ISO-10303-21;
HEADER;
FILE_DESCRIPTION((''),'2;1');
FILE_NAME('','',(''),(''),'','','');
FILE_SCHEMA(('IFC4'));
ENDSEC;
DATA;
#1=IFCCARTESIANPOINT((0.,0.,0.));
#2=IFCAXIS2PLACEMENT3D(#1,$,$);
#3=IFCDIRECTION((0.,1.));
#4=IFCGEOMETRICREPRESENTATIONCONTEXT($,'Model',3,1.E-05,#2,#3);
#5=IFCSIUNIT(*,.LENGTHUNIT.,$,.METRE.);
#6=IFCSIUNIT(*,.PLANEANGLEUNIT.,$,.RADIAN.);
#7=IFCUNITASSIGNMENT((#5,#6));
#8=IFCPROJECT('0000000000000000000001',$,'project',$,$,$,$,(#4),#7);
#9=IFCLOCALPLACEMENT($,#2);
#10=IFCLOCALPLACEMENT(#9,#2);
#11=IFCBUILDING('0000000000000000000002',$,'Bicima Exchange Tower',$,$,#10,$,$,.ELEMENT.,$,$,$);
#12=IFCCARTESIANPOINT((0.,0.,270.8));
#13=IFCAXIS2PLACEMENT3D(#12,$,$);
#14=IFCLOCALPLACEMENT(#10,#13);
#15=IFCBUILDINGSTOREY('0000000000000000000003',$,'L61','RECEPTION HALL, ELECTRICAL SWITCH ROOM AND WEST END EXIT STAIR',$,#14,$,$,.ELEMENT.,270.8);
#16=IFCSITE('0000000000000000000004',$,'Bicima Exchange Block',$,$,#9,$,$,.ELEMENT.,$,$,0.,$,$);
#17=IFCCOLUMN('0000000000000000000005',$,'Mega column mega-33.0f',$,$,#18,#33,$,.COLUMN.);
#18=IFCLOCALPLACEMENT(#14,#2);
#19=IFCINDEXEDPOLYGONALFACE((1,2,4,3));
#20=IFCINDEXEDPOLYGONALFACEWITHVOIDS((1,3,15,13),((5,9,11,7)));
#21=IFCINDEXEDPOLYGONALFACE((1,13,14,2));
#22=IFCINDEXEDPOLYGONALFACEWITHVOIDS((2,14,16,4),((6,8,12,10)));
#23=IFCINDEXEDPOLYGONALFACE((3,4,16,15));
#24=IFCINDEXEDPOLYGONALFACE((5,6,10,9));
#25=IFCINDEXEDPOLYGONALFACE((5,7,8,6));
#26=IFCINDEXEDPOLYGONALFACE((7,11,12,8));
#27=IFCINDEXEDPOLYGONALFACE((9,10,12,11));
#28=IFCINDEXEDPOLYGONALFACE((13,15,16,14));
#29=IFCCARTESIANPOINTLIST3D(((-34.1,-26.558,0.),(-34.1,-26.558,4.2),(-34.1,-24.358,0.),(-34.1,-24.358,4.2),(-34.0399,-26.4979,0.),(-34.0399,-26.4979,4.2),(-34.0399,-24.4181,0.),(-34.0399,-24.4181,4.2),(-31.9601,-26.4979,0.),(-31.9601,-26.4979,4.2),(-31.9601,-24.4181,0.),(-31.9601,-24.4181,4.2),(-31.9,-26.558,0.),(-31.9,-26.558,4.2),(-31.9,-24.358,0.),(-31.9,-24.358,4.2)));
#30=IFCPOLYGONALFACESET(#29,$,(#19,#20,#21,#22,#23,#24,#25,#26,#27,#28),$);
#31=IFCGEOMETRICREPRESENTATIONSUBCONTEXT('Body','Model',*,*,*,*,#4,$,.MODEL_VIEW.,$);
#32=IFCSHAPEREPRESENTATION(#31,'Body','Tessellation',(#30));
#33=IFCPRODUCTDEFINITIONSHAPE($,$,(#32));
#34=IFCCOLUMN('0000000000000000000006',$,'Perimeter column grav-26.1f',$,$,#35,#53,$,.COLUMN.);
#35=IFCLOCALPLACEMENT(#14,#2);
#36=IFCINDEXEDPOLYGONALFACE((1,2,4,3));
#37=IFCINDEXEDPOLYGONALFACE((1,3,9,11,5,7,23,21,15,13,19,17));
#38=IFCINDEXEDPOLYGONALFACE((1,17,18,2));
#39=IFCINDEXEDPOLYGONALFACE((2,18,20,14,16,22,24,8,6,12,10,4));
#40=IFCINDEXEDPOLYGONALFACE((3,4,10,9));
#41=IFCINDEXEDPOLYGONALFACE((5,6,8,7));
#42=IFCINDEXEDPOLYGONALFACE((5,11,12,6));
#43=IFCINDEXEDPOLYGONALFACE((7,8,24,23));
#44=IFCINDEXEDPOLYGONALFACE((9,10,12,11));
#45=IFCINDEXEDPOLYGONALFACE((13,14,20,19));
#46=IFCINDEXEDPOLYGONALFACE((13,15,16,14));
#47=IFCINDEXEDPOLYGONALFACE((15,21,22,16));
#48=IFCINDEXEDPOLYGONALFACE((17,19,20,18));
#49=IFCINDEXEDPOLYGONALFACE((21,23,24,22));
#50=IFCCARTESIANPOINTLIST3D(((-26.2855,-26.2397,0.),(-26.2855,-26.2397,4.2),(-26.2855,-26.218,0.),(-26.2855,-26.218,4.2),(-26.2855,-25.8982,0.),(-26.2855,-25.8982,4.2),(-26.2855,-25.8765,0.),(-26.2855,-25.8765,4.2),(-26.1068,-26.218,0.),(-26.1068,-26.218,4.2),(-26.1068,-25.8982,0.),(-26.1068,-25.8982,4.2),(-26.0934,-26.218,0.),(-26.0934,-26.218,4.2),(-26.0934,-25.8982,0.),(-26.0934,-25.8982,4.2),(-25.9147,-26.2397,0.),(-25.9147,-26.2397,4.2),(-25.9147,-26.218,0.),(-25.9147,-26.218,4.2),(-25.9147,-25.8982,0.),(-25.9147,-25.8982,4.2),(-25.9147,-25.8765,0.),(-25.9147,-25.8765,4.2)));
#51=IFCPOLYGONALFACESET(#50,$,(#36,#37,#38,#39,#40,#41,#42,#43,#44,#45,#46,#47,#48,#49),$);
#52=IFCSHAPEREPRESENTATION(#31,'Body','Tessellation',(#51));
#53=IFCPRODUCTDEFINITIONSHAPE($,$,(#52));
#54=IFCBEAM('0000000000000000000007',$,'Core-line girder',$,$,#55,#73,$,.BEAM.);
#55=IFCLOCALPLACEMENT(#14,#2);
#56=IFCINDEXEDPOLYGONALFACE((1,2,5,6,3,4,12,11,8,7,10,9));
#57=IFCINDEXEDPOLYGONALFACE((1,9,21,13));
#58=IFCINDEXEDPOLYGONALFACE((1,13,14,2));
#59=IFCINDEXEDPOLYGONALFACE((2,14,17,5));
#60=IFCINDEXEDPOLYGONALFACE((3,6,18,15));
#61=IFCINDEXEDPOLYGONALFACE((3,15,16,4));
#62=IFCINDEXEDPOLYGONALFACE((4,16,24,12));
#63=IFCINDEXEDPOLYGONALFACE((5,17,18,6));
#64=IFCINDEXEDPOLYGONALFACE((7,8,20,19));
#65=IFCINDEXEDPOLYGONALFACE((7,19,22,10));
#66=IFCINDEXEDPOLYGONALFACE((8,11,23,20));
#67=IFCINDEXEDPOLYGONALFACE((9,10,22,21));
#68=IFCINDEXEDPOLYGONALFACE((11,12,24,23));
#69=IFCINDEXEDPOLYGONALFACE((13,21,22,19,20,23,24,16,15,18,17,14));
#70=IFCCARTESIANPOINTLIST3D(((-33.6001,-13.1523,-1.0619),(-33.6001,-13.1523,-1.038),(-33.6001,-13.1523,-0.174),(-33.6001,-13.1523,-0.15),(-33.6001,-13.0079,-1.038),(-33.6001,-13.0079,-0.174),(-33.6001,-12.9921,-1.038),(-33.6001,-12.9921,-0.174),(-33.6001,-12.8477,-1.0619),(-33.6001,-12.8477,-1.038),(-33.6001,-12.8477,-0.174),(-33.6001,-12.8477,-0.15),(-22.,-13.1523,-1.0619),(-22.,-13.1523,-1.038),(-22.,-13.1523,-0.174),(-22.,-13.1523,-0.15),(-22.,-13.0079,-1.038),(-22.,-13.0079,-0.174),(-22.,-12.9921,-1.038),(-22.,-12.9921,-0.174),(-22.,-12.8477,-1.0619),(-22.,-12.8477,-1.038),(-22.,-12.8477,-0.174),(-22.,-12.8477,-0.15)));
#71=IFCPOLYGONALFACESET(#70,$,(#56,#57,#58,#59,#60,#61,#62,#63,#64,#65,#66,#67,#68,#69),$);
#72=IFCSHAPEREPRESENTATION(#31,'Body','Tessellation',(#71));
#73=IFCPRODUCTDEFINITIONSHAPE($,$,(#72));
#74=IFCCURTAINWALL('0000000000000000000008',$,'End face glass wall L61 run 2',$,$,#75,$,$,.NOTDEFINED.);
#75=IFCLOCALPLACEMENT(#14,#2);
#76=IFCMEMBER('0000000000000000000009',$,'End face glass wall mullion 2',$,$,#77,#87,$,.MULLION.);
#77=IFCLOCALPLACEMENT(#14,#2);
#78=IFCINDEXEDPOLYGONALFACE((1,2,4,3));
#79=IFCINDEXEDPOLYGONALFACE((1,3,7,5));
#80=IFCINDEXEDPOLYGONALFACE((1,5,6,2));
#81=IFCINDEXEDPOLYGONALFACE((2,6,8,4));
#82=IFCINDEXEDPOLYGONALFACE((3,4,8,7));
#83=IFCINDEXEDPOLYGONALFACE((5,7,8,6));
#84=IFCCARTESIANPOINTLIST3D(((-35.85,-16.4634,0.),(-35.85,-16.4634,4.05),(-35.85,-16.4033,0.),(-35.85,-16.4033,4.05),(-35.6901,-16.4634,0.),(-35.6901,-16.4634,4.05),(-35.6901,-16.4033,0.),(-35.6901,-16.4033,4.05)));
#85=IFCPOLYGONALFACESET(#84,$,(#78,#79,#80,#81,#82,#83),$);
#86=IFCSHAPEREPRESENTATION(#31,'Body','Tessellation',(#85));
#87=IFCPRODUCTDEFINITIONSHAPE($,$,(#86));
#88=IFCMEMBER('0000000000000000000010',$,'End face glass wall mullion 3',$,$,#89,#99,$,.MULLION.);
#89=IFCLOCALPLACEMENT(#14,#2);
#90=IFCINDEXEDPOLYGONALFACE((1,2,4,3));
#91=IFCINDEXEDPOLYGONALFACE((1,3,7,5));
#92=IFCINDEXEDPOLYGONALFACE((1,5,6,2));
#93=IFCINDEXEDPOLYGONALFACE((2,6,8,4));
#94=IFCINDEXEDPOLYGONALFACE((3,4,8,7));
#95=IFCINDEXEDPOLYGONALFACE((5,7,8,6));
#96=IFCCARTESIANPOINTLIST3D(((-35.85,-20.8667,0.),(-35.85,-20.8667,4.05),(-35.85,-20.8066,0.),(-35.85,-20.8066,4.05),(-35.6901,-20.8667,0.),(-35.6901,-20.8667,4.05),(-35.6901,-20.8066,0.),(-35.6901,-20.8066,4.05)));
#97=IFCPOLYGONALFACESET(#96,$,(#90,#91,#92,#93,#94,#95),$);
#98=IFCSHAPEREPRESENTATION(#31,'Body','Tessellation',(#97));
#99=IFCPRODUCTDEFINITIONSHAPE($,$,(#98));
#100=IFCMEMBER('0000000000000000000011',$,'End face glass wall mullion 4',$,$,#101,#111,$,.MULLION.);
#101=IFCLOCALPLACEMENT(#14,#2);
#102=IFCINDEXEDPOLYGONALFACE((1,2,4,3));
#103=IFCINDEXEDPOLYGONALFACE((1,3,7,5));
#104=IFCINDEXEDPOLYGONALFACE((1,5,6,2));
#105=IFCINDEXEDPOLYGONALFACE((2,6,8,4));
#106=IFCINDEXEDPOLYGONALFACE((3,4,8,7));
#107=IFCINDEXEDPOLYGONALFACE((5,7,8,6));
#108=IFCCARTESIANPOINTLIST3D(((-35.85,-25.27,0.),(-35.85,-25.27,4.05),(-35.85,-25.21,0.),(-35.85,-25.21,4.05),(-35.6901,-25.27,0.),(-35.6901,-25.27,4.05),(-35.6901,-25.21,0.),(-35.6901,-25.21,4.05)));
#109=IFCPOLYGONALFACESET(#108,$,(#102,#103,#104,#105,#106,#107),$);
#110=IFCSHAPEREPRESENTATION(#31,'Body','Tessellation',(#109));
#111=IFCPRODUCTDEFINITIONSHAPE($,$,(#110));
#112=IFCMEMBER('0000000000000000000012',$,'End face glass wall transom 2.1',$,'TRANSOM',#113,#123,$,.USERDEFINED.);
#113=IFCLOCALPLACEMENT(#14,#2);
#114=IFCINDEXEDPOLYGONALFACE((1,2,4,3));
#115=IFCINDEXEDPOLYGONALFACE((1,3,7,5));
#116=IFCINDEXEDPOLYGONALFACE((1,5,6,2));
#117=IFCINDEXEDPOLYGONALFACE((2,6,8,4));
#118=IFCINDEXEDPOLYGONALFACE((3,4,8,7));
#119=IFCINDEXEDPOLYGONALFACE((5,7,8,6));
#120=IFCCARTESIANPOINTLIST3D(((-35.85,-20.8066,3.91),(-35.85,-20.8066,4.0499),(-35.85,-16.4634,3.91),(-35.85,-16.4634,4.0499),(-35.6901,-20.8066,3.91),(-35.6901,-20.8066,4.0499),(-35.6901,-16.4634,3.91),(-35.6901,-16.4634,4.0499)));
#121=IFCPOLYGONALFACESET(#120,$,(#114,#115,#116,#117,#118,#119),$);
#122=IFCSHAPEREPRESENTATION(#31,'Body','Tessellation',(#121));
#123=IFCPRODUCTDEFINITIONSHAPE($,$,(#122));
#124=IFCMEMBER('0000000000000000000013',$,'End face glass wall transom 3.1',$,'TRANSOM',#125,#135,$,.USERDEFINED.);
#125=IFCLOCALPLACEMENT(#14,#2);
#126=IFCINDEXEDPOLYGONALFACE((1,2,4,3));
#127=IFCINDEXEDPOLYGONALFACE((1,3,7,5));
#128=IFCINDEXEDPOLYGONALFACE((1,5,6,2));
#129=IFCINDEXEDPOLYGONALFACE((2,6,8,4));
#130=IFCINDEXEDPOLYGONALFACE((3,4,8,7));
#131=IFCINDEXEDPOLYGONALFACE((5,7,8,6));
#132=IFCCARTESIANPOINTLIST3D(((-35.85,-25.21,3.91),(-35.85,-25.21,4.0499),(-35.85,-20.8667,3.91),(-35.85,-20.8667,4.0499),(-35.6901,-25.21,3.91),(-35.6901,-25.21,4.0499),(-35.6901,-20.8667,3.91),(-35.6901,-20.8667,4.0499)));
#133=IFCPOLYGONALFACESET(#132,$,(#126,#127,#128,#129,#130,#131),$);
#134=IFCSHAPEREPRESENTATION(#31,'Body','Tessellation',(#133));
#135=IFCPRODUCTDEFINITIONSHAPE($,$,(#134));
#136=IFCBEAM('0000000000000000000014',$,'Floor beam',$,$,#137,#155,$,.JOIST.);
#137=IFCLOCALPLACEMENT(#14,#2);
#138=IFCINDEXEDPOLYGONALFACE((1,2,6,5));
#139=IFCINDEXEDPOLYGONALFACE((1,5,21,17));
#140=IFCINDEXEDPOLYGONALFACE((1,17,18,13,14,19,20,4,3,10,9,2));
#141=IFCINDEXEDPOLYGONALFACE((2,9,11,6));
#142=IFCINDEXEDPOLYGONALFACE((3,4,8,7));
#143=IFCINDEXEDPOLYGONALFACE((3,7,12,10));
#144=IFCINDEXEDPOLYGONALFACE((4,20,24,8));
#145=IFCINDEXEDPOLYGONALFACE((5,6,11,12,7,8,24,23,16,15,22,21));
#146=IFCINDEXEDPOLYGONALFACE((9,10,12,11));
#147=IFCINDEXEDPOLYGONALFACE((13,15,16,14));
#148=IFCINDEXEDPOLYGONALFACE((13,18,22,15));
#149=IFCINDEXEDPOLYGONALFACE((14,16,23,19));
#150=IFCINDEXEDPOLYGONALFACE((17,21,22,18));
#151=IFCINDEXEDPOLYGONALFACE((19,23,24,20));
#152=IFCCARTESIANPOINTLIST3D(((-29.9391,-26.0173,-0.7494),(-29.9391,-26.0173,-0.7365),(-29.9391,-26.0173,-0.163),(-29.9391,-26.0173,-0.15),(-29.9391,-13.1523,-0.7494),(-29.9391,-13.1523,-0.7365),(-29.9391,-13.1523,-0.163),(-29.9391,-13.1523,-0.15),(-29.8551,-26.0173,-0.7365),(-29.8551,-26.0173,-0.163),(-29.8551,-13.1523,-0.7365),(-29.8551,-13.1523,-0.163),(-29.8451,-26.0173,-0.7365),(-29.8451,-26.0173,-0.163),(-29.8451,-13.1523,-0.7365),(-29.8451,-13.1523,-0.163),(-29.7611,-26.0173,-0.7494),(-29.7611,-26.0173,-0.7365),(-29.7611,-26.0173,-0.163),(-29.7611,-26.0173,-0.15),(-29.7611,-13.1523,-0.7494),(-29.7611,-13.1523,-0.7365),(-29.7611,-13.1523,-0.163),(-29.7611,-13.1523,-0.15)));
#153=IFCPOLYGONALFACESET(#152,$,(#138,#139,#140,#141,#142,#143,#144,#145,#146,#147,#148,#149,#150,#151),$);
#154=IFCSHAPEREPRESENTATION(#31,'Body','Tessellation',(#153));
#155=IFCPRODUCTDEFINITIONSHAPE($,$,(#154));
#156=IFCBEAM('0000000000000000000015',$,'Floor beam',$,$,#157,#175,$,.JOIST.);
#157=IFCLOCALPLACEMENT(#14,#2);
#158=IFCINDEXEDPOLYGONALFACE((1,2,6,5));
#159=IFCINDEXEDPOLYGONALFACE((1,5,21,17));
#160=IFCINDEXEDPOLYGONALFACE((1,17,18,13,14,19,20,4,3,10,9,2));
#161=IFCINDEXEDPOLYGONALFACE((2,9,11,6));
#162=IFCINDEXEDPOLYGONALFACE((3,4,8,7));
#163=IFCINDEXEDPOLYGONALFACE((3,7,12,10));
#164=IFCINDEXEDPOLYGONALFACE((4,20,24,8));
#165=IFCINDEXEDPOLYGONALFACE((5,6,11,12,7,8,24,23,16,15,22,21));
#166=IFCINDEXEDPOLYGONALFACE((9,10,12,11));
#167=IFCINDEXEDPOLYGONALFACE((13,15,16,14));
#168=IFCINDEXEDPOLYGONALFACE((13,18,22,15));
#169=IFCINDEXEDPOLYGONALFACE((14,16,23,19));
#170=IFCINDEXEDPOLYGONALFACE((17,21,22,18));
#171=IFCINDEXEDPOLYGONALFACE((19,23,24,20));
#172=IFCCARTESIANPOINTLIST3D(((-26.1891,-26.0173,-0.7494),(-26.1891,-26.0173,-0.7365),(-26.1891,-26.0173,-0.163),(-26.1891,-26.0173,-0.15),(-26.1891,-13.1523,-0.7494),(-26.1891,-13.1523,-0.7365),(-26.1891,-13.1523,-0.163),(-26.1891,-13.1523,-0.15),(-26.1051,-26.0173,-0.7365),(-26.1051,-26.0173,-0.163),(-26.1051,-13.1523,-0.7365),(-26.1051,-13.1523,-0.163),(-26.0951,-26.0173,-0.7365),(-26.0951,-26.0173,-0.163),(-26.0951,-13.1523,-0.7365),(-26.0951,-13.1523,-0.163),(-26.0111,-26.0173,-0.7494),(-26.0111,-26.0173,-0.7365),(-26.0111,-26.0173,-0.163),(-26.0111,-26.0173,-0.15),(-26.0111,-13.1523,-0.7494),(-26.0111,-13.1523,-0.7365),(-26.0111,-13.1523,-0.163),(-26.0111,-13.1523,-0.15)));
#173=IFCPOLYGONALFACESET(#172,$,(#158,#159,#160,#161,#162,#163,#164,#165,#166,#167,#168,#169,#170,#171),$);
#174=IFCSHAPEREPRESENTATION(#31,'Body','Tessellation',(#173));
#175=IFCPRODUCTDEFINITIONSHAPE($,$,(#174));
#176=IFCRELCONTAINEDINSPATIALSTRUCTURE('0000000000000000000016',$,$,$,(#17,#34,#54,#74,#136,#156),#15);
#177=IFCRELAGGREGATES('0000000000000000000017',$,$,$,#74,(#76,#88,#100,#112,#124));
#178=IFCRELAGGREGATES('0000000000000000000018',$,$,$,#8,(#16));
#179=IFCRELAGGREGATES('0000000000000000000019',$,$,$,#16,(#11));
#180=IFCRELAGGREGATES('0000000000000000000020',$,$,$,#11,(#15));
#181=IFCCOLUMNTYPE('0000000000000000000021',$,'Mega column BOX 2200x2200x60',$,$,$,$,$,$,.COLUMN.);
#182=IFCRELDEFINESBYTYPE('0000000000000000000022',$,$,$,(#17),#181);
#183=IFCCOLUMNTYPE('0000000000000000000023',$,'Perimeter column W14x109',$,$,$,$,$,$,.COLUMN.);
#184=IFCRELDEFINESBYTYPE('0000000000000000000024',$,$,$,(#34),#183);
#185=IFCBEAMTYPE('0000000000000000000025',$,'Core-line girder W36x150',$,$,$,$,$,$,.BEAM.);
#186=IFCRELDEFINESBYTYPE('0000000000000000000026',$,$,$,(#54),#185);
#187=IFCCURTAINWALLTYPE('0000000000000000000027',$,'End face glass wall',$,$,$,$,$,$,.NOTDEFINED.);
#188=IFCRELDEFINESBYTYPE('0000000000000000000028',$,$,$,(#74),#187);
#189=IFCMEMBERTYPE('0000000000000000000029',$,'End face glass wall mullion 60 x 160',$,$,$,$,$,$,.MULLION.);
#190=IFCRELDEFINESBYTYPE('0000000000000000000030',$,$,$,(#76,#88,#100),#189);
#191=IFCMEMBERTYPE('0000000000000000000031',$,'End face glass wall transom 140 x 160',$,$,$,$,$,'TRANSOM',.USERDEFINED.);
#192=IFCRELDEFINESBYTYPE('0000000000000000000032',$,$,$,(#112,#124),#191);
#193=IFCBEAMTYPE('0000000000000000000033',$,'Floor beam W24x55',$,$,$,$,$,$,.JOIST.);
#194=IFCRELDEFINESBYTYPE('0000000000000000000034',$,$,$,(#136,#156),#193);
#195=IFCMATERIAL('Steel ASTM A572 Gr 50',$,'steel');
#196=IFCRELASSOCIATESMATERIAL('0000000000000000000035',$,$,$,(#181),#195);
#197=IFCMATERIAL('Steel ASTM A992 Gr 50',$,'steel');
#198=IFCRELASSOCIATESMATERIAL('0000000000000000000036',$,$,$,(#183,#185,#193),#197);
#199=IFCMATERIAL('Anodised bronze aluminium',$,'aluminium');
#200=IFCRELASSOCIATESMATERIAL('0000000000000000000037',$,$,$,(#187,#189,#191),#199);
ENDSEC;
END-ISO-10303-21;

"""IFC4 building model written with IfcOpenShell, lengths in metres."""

from ifc_helpers import new_model, si_unit, direction, frame, origin, origin_2d, place, context, subcontext, project, spatial, rectangle, hollow_rectangle, i_section, extrude, material, material_profile, profile_set, type_object, element, aggregate, save


model = new_model("IFC4")

# Units and contexts
model_context = context("Model", 3, precision=1e-05, world=origin(), true_north=direction((0.0, 1.0)))
body_context = subcontext(model_context, "Body", "Model", "MODEL_VIEW")
ifc_project = project(units=[si_unit("LENGTHUNIT", "METRE"), si_unit("PLANEANGLEUNIT", "RADIAN")], contexts=[model_context])

# Site, building, storey
site_placement = place(None, origin())
site = spatial("IfcSite", under=ifc_project, at=site_placement, Name="Bicima Exchange Block", CompositionType="ELEMENT", RefElevation=0.0)
building_placement = place(site_placement, origin())
building = spatial("IfcBuilding", under=site, at=building_placement, Name="Bicima Exchange Tower", CompositionType="ELEMENT")
storey_placement = place(building_placement, frame((0.0, 0.0, 270.8)))
storey = spatial("IfcBuildingStorey", under=building, at=storey_placement, Name="L61", Description="RECEPTION HALL, ELECTRICAL SWITCH ROOM AND WEST END EXIT STAIR", CompositionType="ELEMENT", Elevation=270.8)

# Columns
ifc_material_1 = material(Name="Steel ASTM A572 Gr 50", Category="steel")
ifc_material_profile_1 = material_profile(ifc_material_1, hollow_rectangle(XDim=2.2, YDim=2.2, WallThickness=0.0601, at=origin_2d()))
ifc_profile_set_1 = profile_set([ifc_material_profile_1], Name="Steel ASTM A572 Gr 50")
column_type_1 = type_object("IfcColumnType", Name="Mega column BOX 2200x2200x60", PredefinedType="COLUMN", material=ifc_profile_set_1)
column_1_placement = place(storey_placement, frame((-33.0, -25.458, 0.0), z_axis=(0.0, 0.0, 1.0), x_axis=(1.0, 0.0, 0.0)))
element("IfcColumn", 1, at=column_1_placement, inside=storey, type_object=column_type_1, Name="Mega column mega-33.0f", PredefinedType="COLUMN", context=body_context, shape_type="SweptSolid", body=[
    extrude(hollow_rectangle(XDim=2.2, YDim=2.2, WallThickness=0.0601, at=origin_2d()), origin(), (0.0, 0.0, 1.0), 4.2),
])
ifc_material_2 = material(Name="Steel ASTM A992 Gr 50", Category="steel")
ifc_material_profile_2 = material_profile(ifc_material_2, i_section(OverallWidth=0.3708, OverallDepth=0.3633, WebThickness=0.0134, FlangeThickness=0.0217, at=origin_2d()))
ifc_profile_set_2 = profile_set([ifc_material_profile_2], Name="Steel ASTM A992 Gr 50")
column_type_2 = type_object("IfcColumnType", Name="Perimeter column W14x109", PredefinedType="COLUMN", material=ifc_profile_set_2)
column_2_placement = place(storey_placement, frame((-26.1001, -26.0581, 0.0), z_axis=(0.0, 0.0, 1.0), x_axis=(1.0, 0.0, 0.0)))
element("IfcColumn", 2, at=column_2_placement, inside=storey, type_object=column_type_2, Name="Perimeter column grav-26.1f", PredefinedType="COLUMN", context=body_context, shape_type="SweptSolid", body=[
    extrude(i_section(OverallWidth=0.3708, OverallDepth=0.3633, WebThickness=0.0134, FlangeThickness=0.0217, at=origin_2d()), origin(), (0.0, 0.0, 1.0), 4.2),
])

# Beam
ifc_material_profile_3 = material_profile(ifc_material_2, i_section(OverallWidth=0.3047, OverallDepth=0.9119, WebThickness=0.0159, FlangeThickness=0.0239, at=origin_2d()))
ifc_profile_set_3 = profile_set([ifc_material_profile_3], Name="Steel ASTM A992 Gr 50")
beam_type_1 = type_object("IfcBeamType", Name="Core-line girder W36x150", PredefinedType="BEAM", material=ifc_profile_set_3)
beam_1_placement = place(storey_placement, frame((-22.0, -13.0, -0.606), z_axis=(-1.0, 0.0, 0.0), x_axis=(0.0, -1.0, 0.0)))
element("IfcBeam", 3, at=beam_1_placement, inside=storey, type_object=beam_type_1, Name="Core-line girder", PredefinedType="BEAM", context=body_context, shape_type="SweptSolid", body=[
    extrude(i_section(OverallWidth=0.3047, OverallDepth=0.9119, WebThickness=0.0159, FlangeThickness=0.0239, at=origin_2d()), origin(), (0.0, 0.0, 1.0), 11.6001),
])

# Curtain wall, members
ifc_material_3 = material(Name="Anodised bronze aluminium", Category="aluminium")
curtain_wall_type_1 = type_object("IfcCurtainWallType", Name="End face glass wall", PredefinedType="NOTDEFINED", material=ifc_material_3)
curtain_wall_1_placement = place(storey_placement, origin())
curtain_wall_1 = element("IfcCurtainWall", 4, at=curtain_wall_1_placement, inside=storey, type_object=curtain_wall_type_1, Name="End face glass wall L61 run 2", PredefinedType="NOTDEFINED")
ifc_material_profile_4 = material_profile(ifc_material_3, rectangle(XDim=0.1599, YDim=0.0601, at=origin_2d()))
ifc_profile_set_4 = profile_set([ifc_material_profile_4], Name="Anodised bronze aluminium")
member_type_1 = type_object("IfcMemberType", Name="End face glass wall mullion 60 x 160", PredefinedType="MULLION", material=ifc_profile_set_4)
member_1_placement = place(storey_placement, frame((-35.77, -16.4333, 0.0), z_axis=(0.0, 0.0, 1.0), x_axis=(1.0, 0.0, 0.0)))
member_1 = element("IfcMember", 5, at=member_1_placement, type_object=member_type_1, Name="End face glass wall mullion 2", PredefinedType="MULLION", context=body_context, shape_type="SweptSolid", body=[
    extrude(rectangle(XDim=0.1599, YDim=0.0601, at=origin_2d()), origin(), (0.0, 0.0, 1.0), 4.05),
])
member_2_placement = place(storey_placement, frame((-35.77, -20.8367, 0.0), z_axis=(0.0, 0.0, 1.0), x_axis=(1.0, 0.0, 0.0)))
member_2 = element("IfcMember", 6, at=member_2_placement, type_object=member_type_1, Name="End face glass wall mullion 3", PredefinedType="MULLION", context=body_context, shape_type="SweptSolid", body=[
    extrude(rectangle(XDim=0.1599, YDim=0.0601, at=origin_2d()), origin(), (0.0, 0.0, 1.0), 4.05),
])
member_3_placement = place(storey_placement, frame((-35.77, -25.24, 0.0), z_axis=(0.0, 0.0, 1.0), x_axis=(1.0, 0.0, 0.0)))
member_3 = element("IfcMember", 7, at=member_3_placement, type_object=member_type_1, Name="End face glass wall mullion 4", PredefinedType="MULLION", context=body_context, shape_type="SweptSolid", body=[
    extrude(rectangle(XDim=0.1599, YDim=0.0601, at=origin_2d()), origin(), (0.0, 0.0, 1.0), 4.05),
])
ifc_material_profile_5 = material_profile(ifc_material_3, rectangle(XDim=0.1599, YDim=0.1399, at=origin_2d()))
ifc_profile_set_5 = profile_set([ifc_material_profile_5], Name="Anodised bronze aluminium")
member_type_2 = type_object("IfcMemberType", Name="End face glass wall transom 140 x 160", ElementType="TRANSOM", PredefinedType="USERDEFINED", material=ifc_profile_set_5)
member_4_placement = place(storey_placement, frame((-35.77, -16.4634, 3.98), z_axis=(0.0, -1.0, 0.0), x_axis=(1.0, 0.0, 0.0)))
member_4 = element("IfcMember", 8, at=member_4_placement, type_object=member_type_2, Name="End face glass wall transom 2.1", ObjectType="TRANSOM", PredefinedType="USERDEFINED", context=body_context, shape_type="SweptSolid", body=[
    extrude(rectangle(XDim=0.1599, YDim=0.1399, at=origin_2d()), origin(), (0.0, 0.0, 1.0), 4.3433),
])
member_5_placement = place(storey_placement, frame((-35.77, -20.8667, 3.98), z_axis=(0.0, -1.0, 0.0), x_axis=(1.0, 0.0, 0.0)))
member_5 = element("IfcMember", 9, at=member_5_placement, type_object=member_type_2, Name="End face glass wall transom 3.1", ObjectType="TRANSOM", PredefinedType="USERDEFINED", context=body_context, shape_type="SweptSolid", body=[
    extrude(rectangle(XDim=0.1599, YDim=0.1399, at=origin_2d()), origin(), (0.0, 0.0, 1.0), 4.3433),
])

# Beams
ifc_material_profile_6 = material_profile(ifc_material_2, i_section(OverallWidth=0.178, OverallDepth=0.5994, WebThickness=0.01, FlangeThickness=0.0129, at=origin_2d()))
ifc_profile_set_6 = profile_set([ifc_material_profile_6], Name="Steel ASTM A992 Gr 50")
beam_type_2 = type_object("IfcBeamType", Name="Floor beam W24x55", PredefinedType="JOIST", material=ifc_profile_set_6)
for number, where, z_axis, x_axis, name in (
    (10, (-29.8501, -13.1523, -0.4497), (0.0, -1.0, 0.0), (1.0, 0.0, 0.0), "Floor beam"),
    (11, (-26.1001, -13.1523, -0.4497), (0.0, -1.0, 0.0), (1.0, 0.0, 0.0), "Floor beam"),
):
    element("IfcBeam", number, at=place(storey_placement, frame(where, z_axis=z_axis, x_axis=x_axis)), inside=storey, type_object=beam_type_2, Name=name, PredefinedType="JOIST", context=body_context, shape_type="SweptSolid", body=[
        extrude(i_section(OverallWidth=0.178, OverallDepth=0.5994, WebThickness=0.01, FlangeThickness=0.0129, at=origin_2d()), origin(), (0.0, 0.0, 1.0), 12.865),
    ])

aggregate(curtain_wall_1, [member_1, member_2, member_3, member_4, member_5])

save(model, "model.ifc")
